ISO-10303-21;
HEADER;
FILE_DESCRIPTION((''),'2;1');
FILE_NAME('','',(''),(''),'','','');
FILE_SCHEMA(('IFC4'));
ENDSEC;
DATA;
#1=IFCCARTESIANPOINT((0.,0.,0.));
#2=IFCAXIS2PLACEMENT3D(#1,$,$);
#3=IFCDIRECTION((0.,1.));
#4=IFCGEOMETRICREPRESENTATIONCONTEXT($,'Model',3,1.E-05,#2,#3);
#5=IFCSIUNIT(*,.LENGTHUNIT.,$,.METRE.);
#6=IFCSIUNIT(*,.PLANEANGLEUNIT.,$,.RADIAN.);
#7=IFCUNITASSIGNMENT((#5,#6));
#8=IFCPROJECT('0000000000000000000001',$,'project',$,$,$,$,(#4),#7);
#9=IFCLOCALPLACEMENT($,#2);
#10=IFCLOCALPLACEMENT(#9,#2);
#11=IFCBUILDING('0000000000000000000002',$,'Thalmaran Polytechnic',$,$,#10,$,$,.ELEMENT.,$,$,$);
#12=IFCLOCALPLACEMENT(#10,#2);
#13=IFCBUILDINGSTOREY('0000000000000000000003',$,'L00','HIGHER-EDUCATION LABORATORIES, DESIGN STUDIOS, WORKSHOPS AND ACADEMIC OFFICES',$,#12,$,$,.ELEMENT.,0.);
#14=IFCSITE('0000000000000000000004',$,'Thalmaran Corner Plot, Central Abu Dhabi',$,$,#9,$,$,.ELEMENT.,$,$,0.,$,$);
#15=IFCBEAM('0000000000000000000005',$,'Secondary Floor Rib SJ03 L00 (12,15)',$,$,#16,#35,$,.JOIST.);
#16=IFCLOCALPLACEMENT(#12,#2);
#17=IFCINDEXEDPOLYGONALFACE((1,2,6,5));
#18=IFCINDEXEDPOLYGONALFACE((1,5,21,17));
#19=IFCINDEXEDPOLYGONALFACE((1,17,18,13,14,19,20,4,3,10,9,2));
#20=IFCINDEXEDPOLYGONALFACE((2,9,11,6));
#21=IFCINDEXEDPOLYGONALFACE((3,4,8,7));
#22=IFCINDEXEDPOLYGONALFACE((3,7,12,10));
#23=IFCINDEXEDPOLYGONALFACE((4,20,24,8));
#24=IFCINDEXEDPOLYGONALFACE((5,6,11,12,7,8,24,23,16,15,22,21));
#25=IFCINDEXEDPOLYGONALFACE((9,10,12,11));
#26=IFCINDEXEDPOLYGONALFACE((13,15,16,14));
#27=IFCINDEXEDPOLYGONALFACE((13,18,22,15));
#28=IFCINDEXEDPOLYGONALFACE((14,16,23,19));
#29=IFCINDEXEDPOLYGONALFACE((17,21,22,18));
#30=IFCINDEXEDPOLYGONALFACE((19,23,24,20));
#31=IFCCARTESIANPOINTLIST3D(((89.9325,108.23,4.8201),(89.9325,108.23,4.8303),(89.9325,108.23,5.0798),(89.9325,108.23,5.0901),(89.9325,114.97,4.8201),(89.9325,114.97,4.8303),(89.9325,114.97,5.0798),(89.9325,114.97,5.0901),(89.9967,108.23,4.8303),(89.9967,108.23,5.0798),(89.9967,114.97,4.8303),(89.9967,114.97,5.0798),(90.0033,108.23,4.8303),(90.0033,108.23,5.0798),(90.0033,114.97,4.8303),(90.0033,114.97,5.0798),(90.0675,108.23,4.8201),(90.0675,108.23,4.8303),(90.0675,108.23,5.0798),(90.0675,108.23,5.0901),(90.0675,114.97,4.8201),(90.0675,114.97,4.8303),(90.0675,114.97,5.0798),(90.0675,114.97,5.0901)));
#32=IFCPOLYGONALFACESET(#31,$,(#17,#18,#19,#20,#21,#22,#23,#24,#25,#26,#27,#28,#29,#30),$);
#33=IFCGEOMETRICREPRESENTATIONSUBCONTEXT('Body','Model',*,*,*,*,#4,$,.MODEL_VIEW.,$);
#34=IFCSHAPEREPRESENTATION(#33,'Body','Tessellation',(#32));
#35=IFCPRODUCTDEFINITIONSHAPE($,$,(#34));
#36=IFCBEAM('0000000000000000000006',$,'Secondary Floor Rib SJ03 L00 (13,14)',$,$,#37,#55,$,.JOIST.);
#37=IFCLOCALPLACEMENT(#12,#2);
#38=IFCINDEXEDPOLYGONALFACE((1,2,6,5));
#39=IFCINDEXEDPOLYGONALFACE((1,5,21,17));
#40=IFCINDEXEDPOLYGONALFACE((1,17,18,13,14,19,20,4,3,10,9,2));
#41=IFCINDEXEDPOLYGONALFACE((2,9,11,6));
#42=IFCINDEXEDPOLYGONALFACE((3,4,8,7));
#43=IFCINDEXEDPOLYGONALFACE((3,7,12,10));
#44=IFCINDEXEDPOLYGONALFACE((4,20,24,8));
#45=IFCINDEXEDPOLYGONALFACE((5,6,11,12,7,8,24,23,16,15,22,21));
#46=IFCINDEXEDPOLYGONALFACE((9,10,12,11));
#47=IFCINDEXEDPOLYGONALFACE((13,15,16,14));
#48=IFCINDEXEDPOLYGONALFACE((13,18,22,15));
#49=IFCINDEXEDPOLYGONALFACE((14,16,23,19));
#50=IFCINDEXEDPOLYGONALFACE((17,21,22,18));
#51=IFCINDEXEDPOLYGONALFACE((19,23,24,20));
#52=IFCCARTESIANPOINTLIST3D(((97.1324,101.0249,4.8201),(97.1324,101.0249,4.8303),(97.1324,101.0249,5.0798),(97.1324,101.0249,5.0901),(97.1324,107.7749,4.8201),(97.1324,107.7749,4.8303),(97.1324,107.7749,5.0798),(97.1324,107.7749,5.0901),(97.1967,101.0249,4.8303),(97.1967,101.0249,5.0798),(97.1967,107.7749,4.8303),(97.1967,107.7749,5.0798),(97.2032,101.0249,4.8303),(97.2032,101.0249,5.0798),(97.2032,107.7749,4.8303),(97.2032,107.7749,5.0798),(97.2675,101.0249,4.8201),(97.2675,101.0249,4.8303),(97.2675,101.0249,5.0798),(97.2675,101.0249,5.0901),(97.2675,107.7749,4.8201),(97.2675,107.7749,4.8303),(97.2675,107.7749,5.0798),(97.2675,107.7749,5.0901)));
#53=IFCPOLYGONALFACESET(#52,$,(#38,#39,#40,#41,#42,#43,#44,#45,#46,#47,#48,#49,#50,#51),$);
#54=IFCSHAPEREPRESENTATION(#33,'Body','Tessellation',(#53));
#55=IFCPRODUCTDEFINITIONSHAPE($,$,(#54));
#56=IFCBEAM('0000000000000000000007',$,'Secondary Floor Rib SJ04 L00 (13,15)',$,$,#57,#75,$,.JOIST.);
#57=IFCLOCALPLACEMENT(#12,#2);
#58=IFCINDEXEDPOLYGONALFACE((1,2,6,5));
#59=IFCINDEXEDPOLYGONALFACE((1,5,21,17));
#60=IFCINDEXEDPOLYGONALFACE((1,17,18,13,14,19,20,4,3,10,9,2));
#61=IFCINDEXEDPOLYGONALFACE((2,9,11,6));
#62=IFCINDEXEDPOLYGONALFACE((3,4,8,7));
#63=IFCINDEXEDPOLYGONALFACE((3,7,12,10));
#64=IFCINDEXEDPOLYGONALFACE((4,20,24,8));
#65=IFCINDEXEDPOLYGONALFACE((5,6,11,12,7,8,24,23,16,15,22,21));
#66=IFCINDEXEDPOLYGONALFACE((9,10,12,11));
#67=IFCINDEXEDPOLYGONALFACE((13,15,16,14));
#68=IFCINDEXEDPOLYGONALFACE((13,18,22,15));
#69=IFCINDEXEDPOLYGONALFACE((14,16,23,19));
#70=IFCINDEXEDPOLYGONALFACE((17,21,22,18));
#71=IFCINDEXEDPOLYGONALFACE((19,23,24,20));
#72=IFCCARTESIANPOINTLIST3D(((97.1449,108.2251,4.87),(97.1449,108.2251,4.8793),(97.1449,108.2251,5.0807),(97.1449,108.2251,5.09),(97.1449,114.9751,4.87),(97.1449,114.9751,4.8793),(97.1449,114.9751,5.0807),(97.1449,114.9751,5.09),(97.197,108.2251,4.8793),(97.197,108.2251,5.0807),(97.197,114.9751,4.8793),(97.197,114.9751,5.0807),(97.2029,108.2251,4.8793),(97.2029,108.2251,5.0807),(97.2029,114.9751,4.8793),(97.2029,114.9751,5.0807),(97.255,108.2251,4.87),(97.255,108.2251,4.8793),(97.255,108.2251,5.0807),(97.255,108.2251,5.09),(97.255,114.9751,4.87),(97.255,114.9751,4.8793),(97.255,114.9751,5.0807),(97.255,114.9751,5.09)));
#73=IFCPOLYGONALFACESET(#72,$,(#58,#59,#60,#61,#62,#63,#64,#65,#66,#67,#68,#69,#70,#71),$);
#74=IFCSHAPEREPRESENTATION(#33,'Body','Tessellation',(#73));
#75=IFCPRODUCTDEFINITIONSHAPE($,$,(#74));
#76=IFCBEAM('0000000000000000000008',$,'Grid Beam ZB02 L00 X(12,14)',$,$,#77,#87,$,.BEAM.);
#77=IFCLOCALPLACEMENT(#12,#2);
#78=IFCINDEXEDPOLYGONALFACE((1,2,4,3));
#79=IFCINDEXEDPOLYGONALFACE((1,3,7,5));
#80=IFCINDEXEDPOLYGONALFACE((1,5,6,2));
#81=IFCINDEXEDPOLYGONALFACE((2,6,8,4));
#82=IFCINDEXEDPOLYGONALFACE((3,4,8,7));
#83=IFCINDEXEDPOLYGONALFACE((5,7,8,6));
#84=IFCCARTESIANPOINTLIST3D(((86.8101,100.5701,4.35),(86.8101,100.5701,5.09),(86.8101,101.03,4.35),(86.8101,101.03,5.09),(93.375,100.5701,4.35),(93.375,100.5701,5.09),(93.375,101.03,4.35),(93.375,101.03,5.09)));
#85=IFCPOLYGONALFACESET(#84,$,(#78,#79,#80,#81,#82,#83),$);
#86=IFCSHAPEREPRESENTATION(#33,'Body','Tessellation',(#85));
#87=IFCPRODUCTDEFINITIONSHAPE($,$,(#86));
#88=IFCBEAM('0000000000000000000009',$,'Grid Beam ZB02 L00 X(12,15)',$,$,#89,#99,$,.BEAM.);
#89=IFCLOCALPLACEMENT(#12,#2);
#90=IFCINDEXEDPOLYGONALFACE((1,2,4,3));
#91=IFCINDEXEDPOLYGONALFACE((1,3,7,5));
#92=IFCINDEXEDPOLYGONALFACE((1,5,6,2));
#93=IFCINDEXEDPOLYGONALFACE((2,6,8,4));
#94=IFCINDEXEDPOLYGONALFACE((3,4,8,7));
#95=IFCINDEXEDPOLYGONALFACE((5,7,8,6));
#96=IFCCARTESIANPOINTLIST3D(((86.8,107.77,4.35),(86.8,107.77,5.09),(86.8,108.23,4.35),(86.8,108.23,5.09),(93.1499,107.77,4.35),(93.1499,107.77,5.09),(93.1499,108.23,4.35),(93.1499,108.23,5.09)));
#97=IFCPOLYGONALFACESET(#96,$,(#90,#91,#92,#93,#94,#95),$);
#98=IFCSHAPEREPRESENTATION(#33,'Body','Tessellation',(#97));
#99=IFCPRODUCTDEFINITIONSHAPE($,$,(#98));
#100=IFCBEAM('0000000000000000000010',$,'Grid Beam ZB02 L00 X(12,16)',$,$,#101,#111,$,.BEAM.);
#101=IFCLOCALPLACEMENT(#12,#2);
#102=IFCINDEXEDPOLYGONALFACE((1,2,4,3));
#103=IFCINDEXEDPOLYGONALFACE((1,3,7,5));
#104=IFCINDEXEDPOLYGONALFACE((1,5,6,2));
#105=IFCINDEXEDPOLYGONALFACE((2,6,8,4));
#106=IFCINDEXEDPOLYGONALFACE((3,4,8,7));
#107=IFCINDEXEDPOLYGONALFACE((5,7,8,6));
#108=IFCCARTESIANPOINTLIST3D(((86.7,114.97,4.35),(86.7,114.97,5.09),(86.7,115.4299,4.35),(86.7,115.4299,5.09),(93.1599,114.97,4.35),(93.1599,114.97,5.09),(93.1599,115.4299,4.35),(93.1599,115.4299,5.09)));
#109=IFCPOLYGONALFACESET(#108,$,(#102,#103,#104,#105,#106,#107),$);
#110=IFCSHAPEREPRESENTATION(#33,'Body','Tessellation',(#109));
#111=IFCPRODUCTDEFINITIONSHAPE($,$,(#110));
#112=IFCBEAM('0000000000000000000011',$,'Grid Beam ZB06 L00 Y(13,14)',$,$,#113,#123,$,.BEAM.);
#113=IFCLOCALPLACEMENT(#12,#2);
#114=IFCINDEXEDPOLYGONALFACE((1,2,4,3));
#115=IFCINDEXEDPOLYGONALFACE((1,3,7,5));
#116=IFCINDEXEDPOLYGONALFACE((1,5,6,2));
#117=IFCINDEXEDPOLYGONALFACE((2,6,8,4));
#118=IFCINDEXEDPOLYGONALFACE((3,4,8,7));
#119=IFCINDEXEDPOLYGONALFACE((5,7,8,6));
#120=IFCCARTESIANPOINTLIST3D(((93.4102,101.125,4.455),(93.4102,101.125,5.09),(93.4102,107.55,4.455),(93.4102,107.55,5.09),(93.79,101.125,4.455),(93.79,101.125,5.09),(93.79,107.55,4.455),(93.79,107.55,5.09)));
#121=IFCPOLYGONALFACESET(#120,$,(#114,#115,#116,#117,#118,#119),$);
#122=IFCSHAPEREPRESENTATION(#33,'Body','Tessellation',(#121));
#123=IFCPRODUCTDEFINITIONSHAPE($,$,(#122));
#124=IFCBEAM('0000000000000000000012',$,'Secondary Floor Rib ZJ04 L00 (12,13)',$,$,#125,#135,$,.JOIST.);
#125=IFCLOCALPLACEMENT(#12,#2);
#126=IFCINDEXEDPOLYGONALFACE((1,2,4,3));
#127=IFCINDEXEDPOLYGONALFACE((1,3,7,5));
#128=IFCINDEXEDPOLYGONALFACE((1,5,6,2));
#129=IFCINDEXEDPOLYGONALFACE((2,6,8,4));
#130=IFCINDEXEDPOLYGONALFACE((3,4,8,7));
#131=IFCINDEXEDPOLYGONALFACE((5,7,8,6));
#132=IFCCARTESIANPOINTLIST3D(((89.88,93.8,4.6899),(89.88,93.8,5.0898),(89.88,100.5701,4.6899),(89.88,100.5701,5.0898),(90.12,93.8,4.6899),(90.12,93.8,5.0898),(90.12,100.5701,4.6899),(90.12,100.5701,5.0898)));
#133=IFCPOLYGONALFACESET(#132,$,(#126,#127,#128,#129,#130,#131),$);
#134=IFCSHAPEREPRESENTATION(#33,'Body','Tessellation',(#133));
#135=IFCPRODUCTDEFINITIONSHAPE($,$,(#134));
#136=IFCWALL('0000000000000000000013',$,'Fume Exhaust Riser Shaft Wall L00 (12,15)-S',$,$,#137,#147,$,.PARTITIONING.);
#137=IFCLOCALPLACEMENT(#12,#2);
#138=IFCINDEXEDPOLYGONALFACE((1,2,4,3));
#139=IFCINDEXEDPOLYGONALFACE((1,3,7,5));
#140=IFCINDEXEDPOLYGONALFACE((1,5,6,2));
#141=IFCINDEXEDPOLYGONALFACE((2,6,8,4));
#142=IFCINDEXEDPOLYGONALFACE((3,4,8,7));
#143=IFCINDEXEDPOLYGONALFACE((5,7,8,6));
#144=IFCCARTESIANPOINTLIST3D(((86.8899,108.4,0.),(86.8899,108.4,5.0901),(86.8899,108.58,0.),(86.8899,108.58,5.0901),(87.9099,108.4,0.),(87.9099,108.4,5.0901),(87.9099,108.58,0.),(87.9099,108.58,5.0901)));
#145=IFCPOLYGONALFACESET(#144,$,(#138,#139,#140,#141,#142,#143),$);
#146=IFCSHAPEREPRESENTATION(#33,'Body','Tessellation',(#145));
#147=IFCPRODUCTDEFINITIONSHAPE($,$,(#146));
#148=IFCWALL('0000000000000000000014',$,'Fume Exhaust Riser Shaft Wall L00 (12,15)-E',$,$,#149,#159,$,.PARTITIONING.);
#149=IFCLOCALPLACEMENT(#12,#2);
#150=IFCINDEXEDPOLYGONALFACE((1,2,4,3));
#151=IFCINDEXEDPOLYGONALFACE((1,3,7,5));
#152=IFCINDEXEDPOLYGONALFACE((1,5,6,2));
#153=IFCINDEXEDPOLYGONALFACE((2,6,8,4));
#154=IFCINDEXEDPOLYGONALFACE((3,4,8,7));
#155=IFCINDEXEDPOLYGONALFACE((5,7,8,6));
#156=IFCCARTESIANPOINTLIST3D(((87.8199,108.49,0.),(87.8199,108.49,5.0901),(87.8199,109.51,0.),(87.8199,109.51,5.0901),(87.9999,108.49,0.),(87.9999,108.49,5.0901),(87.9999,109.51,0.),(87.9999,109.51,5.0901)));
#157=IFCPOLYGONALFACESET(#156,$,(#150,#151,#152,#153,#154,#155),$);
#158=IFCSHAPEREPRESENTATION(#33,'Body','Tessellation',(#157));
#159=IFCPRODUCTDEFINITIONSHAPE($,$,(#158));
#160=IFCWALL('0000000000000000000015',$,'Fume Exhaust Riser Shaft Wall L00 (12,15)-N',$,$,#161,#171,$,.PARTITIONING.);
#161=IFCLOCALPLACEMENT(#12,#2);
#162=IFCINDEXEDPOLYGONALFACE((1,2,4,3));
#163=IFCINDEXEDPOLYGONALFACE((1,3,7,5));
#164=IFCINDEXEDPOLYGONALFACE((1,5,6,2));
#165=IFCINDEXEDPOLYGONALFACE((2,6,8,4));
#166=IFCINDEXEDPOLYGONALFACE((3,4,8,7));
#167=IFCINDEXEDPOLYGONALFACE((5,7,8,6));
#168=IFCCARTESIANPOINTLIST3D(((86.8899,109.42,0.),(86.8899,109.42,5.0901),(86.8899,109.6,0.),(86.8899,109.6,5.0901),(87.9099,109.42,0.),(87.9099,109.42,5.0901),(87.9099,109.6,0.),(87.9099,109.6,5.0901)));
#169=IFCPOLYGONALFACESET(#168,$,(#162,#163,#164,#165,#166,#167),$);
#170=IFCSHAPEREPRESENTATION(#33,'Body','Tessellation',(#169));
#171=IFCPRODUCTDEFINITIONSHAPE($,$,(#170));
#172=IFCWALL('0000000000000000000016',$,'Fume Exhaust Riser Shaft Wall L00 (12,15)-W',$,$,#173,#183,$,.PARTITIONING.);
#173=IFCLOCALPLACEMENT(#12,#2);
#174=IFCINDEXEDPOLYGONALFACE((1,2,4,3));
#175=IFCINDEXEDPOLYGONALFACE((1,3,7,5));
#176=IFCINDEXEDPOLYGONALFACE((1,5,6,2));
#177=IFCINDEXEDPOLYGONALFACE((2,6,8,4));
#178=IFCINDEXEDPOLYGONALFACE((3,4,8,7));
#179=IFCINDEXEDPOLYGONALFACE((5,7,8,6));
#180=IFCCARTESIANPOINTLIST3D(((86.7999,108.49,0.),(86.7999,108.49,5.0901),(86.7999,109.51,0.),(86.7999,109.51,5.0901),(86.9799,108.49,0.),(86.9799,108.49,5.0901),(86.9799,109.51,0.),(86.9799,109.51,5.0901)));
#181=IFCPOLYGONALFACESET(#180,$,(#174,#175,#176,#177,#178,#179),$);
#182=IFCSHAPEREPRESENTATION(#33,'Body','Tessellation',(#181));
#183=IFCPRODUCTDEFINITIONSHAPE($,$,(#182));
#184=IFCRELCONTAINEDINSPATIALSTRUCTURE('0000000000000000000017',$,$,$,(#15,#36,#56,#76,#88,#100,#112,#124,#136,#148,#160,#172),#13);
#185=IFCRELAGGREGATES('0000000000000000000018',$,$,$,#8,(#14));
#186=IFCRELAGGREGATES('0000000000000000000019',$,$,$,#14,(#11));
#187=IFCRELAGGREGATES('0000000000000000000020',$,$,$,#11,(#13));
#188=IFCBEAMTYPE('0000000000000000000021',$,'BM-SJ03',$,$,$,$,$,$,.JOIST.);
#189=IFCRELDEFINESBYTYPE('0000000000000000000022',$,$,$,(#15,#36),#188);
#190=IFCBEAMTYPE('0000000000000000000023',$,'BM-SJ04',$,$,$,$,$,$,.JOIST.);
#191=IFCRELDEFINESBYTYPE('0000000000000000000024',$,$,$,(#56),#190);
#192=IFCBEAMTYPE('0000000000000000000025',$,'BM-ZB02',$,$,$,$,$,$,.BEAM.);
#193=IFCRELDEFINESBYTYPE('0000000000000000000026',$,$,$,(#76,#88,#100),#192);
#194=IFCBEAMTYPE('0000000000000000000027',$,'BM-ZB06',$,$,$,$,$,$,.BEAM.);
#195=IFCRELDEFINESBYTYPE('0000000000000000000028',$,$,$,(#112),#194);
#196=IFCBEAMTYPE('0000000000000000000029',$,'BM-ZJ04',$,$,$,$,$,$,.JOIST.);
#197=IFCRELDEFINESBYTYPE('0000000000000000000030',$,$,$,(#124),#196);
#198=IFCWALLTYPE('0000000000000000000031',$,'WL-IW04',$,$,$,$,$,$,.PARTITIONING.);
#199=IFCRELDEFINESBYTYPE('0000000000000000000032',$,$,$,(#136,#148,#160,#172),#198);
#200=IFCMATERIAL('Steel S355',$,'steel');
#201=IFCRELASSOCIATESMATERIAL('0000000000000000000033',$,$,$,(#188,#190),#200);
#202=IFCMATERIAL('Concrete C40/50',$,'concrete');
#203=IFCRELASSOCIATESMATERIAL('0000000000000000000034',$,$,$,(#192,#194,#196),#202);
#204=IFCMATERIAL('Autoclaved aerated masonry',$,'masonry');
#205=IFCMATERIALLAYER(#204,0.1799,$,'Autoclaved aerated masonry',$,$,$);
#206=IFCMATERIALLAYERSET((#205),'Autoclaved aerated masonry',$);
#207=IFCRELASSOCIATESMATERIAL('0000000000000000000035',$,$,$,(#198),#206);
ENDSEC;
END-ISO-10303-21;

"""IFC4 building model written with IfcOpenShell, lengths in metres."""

from ifc_helpers import new_model, si_unit, direction, frame, frame_2d, origin, origin_2d, place, context, subcontext, project, spatial, rectangle, i_section, extrude, material, layer, layer_set, material_profile, profile_set, type_object, element, save


model = new_model("IFC4")

# Units and contexts
model_context = context("Model", 3, precision=1e-05, world=origin(), true_north=direction((0.0, 1.0)))
body_context = subcontext(model_context, "Body", "Model", "MODEL_VIEW")
ifc_project = project(units=[si_unit("LENGTHUNIT", "METRE"), si_unit("PLANEANGLEUNIT", "RADIAN")], contexts=[model_context])

# Site, building, storey
site_placement = place(None, origin())
site = spatial("IfcSite", under=ifc_project, at=site_placement, Name="Thalmaran Corner Plot, Central Abu Dhabi", CompositionType="ELEMENT", RefElevation=0.0)
building_placement = place(site_placement, origin())
building = spatial("IfcBuilding", under=site, at=building_placement, Name="Thalmaran Polytechnic", CompositionType="ELEMENT")
storey_placement = place(building_placement, origin())
storey = spatial("IfcBuildingStorey", under=building, at=storey_placement, Name="L00", Description="HIGHER-EDUCATION LABORATORIES, DESIGN STUDIOS, WORKSHOPS AND ACADEMIC OFFICES", CompositionType="ELEMENT", Elevation=0.0)

# Shared definitions
ifc_material_1 = material(Name="Concrete C40/50", Category="concrete")

# Beams
ifc_material_2 = material(Name="Steel S355", Category="steel")
ifc_material_profile_1 = material_profile(ifc_material_2, i_section(OverallWidth=0.135, OverallDepth=0.27, WebThickness=0.0066, FlangeThickness=0.0103, at=origin_2d()), Name="IPE 270")
ifc_profile_set_1 = profile_set([ifc_material_profile_1], Name="Steel S355")
beam_type_1 = type_object("IfcBeamType", Name="BM-SJ03", PredefinedType="JOIST", material=ifc_profile_set_1)
beam_1_placement = place(storey_placement, frame((90.0, 108.23, 4.9551), z_axis=(0.0, 1.0, 0.0), x_axis=(-1.0, 0.0, 0.0)))
element("IfcBeam", 1, at=beam_1_placement, inside=storey, type_object=beam_type_1, Name="Secondary Floor Rib SJ03 L00 (12,15)", PredefinedType="JOIST", context=body_context, shape_type="SweptSolid", body=[
    extrude(i_section(OverallWidth=0.135, OverallDepth=0.27, WebThickness=0.0066, FlangeThickness=0.0103, at=origin_2d()), origin(), (0.0, 0.0, 1.0), 6.74),
])
beam_2_placement = place(storey_placement, frame((97.2, 101.0249, 4.9551), z_axis=(0.0, 1.0, 0.0), x_axis=(-1.0, 0.0, 0.0)))
element("IfcBeam", 2, at=beam_2_placement, inside=storey, type_object=beam_type_1, Name="Secondary Floor Rib SJ03 L00 (13,14)", PredefinedType="JOIST", context=body_context, shape_type="SweptSolid", body=[
    extrude(i_section(OverallWidth=0.135, OverallDepth=0.27, WebThickness=0.0066, FlangeThickness=0.0103, at=origin_2d()), origin(), (0.0, 0.0, 1.0), 6.75),
])
ifc_material_profile_2 = material_profile(ifc_material_2, i_section(OverallWidth=0.1101, OverallDepth=0.22, WebThickness=0.0059, FlangeThickness=0.0093, at=origin_2d()), Name="IPE 220")
ifc_profile_set_2 = profile_set([ifc_material_profile_2], Name="Steel S355")
beam_type_2 = type_object("IfcBeamType", Name="BM-SJ04", PredefinedType="JOIST", material=ifc_profile_set_2)
beam_3_placement = place(storey_placement, frame((97.2, 108.2251, 4.98), z_axis=(0.0, 1.0, 0.0), x_axis=(-1.0, 0.0, 0.0)))
element("IfcBeam", 3, at=beam_3_placement, inside=storey, type_object=beam_type_2, Name="Secondary Floor Rib SJ04 L00 (13,15)", PredefinedType="JOIST", context=body_context, shape_type="SweptSolid", body=[
    extrude(i_section(OverallWidth=0.1101, OverallDepth=0.22, WebThickness=0.0059, FlangeThickness=0.0093, at=origin_2d()), origin(), (0.0, 0.0, 1.0), 6.75),
])
ifc_material_profile_3 = material_profile(ifc_material_1, rectangle(XDim=0.46, YDim=0.74, at=origin_2d()), Name="RC 460x740")
ifc_profile_set_3 = profile_set([ifc_material_profile_3], Name="Concrete C40/50")
beam_type_3 = type_object("IfcBeamType", Name="BM-ZB02", PredefinedType="BEAM", material=ifc_profile_set_3)
beam_4_placement = place(storey_placement, frame((86.8101, 100.8, 4.72), z_axis=(1.0, 0.0, 0.0), x_axis=(0.0, 1.0, 0.0)))
element("IfcBeam", 4, at=beam_4_placement, inside=storey, type_object=beam_type_3, Name="Grid Beam ZB02 L00 X(12,14)", PredefinedType="BEAM", context=body_context, shape_type="SweptSolid", body=[
    extrude(rectangle(XDim=0.46, YDim=0.74, at=origin_2d()), origin(), (0.0, 0.0, 1.0), 6.5649),
])
beam_5_placement = place(storey_placement, frame((86.8, 108.0, 4.72), z_axis=(1.0, 0.0, 0.0), x_axis=(0.0, 1.0, 0.0)))
element("IfcBeam", 5, at=beam_5_placement, inside=storey, type_object=beam_type_3, Name="Grid Beam ZB02 L00 X(12,15)", PredefinedType="BEAM", context=body_context, shape_type="SweptSolid", body=[
    extrude(rectangle(XDim=0.46, YDim=0.74, at=origin_2d()), origin(), (0.0, 0.0, 1.0), 6.3499),
])
beam_6_placement = place(storey_placement, frame((86.7, 115.2, 4.72), z_axis=(1.0, 0.0, 0.0), x_axis=(0.0, 1.0, 0.0)))
element("IfcBeam", 6, at=beam_6_placement, inside=storey, type_object=beam_type_3, Name="Grid Beam ZB02 L00 X(12,16)", PredefinedType="BEAM", context=body_context, shape_type="SweptSolid", body=[
    extrude(rectangle(XDim=0.46, YDim=0.74, at=origin_2d()), origin(), (0.0, 0.0, 1.0), 6.46),
])
ifc_material_profile_4 = material_profile(ifc_material_1, rectangle(XDim=0.3799, YDim=0.635, at=origin_2d()), Name="RC 380x635")
ifc_profile_set_4 = profile_set([ifc_material_profile_4], Name="Concrete C40/50")
beam_type_4 = type_object("IfcBeamType", Name="BM-ZB06", PredefinedType="BEAM", material=ifc_profile_set_4)
beam_7_placement = place(storey_placement, frame((93.6001, 101.125, 4.7725), z_axis=(0.0, 1.0, 0.0), x_axis=(-1.0, 0.0, 0.0)))
element("IfcBeam", 7, at=beam_7_placement, inside=storey, type_object=beam_type_4, Name="Grid Beam ZB06 L00 Y(13,14)", PredefinedType="BEAM", context=body_context, shape_type="SweptSolid", body=[
    extrude(rectangle(XDim=0.3799, YDim=0.635, at=origin_2d()), origin(), (0.0, 0.0, 1.0), 6.425),
])
ifc_material_profile_5 = material_profile(ifc_material_1, rectangle(XDim=0.24, YDim=0.3999, at=origin_2d()), Name="RC 240x400")
ifc_profile_set_5 = profile_set([ifc_material_profile_5], Name="Concrete C40/50")
beam_type_5 = type_object("IfcBeamType", Name="BM-ZJ04", PredefinedType="JOIST", material=ifc_profile_set_5)
beam_8_placement = place(storey_placement, frame((90.0, 93.8, 4.8899), z_axis=(0.0, 1.0, 0.0), x_axis=(-1.0, 0.0, 0.0)))
element("IfcBeam", 8, at=beam_8_placement, inside=storey, type_object=beam_type_5, Name="Secondary Floor Rib ZJ04 L00 (12,13)", PredefinedType="JOIST", context=body_context, shape_type="SweptSolid", body=[
    extrude(rectangle(XDim=0.24, YDim=0.3999, at=origin_2d()), origin(), (0.0, 0.0, 1.0), 6.77),
])

# Walls
ifc_material_3 = material(Name="Autoclaved aerated masonry", Category="masonry")
ifc_layer_1 = layer(ifc_material_3, 0.1799, Name="Autoclaved aerated masonry")
ifc_layer_set_1 = layer_set([ifc_layer_1], Name="Autoclaved aerated masonry")
wall_type_1 = type_object("IfcWallType", Name="WL-IW04", PredefinedType="PARTITIONING", material=ifc_layer_set_1)
for number, where, z_axis, x_axis, name in (
    (9, (86.8899, 108.49, 0.0), (0.0, 0.0, 1.0), (1.0, 0.0, 0.0), "Fume Exhaust Riser Shaft Wall L00 (12,15)-S"),
    (10, (87.9099, 108.49, 0.0), (0.0, 0.0, 1.0), (0.0, 1.0, 0.0), "Fume Exhaust Riser Shaft Wall L00 (12,15)-E"),
    (11, (87.9099, 109.51, 0.0), (0.0, 0.0, 1.0), (-1.0, 0.0, 0.0), "Fume Exhaust Riser Shaft Wall L00 (12,15)-N"),
    (12, (86.8899, 109.51, 0.0), (0.0, 0.0, 1.0), (0.0, -1.0, 0.0), "Fume Exhaust Riser Shaft Wall L00 (12,15)-W"),
):
    element("IfcWall", number, at=place(storey_placement, frame(where, z_axis=z_axis, x_axis=x_axis)), inside=storey, type_object=wall_type_1, Name=name, PredefinedType="PARTITIONING", context=body_context, shape_type="SweptSolid", body=[
        extrude(rectangle(XDim=1.02, YDim=0.1799, at=frame_2d((0.51, 0.0))), origin(), (0.0, 0.0, 1.0), 5.0901),
    ])

save(model, "model.ifc")
